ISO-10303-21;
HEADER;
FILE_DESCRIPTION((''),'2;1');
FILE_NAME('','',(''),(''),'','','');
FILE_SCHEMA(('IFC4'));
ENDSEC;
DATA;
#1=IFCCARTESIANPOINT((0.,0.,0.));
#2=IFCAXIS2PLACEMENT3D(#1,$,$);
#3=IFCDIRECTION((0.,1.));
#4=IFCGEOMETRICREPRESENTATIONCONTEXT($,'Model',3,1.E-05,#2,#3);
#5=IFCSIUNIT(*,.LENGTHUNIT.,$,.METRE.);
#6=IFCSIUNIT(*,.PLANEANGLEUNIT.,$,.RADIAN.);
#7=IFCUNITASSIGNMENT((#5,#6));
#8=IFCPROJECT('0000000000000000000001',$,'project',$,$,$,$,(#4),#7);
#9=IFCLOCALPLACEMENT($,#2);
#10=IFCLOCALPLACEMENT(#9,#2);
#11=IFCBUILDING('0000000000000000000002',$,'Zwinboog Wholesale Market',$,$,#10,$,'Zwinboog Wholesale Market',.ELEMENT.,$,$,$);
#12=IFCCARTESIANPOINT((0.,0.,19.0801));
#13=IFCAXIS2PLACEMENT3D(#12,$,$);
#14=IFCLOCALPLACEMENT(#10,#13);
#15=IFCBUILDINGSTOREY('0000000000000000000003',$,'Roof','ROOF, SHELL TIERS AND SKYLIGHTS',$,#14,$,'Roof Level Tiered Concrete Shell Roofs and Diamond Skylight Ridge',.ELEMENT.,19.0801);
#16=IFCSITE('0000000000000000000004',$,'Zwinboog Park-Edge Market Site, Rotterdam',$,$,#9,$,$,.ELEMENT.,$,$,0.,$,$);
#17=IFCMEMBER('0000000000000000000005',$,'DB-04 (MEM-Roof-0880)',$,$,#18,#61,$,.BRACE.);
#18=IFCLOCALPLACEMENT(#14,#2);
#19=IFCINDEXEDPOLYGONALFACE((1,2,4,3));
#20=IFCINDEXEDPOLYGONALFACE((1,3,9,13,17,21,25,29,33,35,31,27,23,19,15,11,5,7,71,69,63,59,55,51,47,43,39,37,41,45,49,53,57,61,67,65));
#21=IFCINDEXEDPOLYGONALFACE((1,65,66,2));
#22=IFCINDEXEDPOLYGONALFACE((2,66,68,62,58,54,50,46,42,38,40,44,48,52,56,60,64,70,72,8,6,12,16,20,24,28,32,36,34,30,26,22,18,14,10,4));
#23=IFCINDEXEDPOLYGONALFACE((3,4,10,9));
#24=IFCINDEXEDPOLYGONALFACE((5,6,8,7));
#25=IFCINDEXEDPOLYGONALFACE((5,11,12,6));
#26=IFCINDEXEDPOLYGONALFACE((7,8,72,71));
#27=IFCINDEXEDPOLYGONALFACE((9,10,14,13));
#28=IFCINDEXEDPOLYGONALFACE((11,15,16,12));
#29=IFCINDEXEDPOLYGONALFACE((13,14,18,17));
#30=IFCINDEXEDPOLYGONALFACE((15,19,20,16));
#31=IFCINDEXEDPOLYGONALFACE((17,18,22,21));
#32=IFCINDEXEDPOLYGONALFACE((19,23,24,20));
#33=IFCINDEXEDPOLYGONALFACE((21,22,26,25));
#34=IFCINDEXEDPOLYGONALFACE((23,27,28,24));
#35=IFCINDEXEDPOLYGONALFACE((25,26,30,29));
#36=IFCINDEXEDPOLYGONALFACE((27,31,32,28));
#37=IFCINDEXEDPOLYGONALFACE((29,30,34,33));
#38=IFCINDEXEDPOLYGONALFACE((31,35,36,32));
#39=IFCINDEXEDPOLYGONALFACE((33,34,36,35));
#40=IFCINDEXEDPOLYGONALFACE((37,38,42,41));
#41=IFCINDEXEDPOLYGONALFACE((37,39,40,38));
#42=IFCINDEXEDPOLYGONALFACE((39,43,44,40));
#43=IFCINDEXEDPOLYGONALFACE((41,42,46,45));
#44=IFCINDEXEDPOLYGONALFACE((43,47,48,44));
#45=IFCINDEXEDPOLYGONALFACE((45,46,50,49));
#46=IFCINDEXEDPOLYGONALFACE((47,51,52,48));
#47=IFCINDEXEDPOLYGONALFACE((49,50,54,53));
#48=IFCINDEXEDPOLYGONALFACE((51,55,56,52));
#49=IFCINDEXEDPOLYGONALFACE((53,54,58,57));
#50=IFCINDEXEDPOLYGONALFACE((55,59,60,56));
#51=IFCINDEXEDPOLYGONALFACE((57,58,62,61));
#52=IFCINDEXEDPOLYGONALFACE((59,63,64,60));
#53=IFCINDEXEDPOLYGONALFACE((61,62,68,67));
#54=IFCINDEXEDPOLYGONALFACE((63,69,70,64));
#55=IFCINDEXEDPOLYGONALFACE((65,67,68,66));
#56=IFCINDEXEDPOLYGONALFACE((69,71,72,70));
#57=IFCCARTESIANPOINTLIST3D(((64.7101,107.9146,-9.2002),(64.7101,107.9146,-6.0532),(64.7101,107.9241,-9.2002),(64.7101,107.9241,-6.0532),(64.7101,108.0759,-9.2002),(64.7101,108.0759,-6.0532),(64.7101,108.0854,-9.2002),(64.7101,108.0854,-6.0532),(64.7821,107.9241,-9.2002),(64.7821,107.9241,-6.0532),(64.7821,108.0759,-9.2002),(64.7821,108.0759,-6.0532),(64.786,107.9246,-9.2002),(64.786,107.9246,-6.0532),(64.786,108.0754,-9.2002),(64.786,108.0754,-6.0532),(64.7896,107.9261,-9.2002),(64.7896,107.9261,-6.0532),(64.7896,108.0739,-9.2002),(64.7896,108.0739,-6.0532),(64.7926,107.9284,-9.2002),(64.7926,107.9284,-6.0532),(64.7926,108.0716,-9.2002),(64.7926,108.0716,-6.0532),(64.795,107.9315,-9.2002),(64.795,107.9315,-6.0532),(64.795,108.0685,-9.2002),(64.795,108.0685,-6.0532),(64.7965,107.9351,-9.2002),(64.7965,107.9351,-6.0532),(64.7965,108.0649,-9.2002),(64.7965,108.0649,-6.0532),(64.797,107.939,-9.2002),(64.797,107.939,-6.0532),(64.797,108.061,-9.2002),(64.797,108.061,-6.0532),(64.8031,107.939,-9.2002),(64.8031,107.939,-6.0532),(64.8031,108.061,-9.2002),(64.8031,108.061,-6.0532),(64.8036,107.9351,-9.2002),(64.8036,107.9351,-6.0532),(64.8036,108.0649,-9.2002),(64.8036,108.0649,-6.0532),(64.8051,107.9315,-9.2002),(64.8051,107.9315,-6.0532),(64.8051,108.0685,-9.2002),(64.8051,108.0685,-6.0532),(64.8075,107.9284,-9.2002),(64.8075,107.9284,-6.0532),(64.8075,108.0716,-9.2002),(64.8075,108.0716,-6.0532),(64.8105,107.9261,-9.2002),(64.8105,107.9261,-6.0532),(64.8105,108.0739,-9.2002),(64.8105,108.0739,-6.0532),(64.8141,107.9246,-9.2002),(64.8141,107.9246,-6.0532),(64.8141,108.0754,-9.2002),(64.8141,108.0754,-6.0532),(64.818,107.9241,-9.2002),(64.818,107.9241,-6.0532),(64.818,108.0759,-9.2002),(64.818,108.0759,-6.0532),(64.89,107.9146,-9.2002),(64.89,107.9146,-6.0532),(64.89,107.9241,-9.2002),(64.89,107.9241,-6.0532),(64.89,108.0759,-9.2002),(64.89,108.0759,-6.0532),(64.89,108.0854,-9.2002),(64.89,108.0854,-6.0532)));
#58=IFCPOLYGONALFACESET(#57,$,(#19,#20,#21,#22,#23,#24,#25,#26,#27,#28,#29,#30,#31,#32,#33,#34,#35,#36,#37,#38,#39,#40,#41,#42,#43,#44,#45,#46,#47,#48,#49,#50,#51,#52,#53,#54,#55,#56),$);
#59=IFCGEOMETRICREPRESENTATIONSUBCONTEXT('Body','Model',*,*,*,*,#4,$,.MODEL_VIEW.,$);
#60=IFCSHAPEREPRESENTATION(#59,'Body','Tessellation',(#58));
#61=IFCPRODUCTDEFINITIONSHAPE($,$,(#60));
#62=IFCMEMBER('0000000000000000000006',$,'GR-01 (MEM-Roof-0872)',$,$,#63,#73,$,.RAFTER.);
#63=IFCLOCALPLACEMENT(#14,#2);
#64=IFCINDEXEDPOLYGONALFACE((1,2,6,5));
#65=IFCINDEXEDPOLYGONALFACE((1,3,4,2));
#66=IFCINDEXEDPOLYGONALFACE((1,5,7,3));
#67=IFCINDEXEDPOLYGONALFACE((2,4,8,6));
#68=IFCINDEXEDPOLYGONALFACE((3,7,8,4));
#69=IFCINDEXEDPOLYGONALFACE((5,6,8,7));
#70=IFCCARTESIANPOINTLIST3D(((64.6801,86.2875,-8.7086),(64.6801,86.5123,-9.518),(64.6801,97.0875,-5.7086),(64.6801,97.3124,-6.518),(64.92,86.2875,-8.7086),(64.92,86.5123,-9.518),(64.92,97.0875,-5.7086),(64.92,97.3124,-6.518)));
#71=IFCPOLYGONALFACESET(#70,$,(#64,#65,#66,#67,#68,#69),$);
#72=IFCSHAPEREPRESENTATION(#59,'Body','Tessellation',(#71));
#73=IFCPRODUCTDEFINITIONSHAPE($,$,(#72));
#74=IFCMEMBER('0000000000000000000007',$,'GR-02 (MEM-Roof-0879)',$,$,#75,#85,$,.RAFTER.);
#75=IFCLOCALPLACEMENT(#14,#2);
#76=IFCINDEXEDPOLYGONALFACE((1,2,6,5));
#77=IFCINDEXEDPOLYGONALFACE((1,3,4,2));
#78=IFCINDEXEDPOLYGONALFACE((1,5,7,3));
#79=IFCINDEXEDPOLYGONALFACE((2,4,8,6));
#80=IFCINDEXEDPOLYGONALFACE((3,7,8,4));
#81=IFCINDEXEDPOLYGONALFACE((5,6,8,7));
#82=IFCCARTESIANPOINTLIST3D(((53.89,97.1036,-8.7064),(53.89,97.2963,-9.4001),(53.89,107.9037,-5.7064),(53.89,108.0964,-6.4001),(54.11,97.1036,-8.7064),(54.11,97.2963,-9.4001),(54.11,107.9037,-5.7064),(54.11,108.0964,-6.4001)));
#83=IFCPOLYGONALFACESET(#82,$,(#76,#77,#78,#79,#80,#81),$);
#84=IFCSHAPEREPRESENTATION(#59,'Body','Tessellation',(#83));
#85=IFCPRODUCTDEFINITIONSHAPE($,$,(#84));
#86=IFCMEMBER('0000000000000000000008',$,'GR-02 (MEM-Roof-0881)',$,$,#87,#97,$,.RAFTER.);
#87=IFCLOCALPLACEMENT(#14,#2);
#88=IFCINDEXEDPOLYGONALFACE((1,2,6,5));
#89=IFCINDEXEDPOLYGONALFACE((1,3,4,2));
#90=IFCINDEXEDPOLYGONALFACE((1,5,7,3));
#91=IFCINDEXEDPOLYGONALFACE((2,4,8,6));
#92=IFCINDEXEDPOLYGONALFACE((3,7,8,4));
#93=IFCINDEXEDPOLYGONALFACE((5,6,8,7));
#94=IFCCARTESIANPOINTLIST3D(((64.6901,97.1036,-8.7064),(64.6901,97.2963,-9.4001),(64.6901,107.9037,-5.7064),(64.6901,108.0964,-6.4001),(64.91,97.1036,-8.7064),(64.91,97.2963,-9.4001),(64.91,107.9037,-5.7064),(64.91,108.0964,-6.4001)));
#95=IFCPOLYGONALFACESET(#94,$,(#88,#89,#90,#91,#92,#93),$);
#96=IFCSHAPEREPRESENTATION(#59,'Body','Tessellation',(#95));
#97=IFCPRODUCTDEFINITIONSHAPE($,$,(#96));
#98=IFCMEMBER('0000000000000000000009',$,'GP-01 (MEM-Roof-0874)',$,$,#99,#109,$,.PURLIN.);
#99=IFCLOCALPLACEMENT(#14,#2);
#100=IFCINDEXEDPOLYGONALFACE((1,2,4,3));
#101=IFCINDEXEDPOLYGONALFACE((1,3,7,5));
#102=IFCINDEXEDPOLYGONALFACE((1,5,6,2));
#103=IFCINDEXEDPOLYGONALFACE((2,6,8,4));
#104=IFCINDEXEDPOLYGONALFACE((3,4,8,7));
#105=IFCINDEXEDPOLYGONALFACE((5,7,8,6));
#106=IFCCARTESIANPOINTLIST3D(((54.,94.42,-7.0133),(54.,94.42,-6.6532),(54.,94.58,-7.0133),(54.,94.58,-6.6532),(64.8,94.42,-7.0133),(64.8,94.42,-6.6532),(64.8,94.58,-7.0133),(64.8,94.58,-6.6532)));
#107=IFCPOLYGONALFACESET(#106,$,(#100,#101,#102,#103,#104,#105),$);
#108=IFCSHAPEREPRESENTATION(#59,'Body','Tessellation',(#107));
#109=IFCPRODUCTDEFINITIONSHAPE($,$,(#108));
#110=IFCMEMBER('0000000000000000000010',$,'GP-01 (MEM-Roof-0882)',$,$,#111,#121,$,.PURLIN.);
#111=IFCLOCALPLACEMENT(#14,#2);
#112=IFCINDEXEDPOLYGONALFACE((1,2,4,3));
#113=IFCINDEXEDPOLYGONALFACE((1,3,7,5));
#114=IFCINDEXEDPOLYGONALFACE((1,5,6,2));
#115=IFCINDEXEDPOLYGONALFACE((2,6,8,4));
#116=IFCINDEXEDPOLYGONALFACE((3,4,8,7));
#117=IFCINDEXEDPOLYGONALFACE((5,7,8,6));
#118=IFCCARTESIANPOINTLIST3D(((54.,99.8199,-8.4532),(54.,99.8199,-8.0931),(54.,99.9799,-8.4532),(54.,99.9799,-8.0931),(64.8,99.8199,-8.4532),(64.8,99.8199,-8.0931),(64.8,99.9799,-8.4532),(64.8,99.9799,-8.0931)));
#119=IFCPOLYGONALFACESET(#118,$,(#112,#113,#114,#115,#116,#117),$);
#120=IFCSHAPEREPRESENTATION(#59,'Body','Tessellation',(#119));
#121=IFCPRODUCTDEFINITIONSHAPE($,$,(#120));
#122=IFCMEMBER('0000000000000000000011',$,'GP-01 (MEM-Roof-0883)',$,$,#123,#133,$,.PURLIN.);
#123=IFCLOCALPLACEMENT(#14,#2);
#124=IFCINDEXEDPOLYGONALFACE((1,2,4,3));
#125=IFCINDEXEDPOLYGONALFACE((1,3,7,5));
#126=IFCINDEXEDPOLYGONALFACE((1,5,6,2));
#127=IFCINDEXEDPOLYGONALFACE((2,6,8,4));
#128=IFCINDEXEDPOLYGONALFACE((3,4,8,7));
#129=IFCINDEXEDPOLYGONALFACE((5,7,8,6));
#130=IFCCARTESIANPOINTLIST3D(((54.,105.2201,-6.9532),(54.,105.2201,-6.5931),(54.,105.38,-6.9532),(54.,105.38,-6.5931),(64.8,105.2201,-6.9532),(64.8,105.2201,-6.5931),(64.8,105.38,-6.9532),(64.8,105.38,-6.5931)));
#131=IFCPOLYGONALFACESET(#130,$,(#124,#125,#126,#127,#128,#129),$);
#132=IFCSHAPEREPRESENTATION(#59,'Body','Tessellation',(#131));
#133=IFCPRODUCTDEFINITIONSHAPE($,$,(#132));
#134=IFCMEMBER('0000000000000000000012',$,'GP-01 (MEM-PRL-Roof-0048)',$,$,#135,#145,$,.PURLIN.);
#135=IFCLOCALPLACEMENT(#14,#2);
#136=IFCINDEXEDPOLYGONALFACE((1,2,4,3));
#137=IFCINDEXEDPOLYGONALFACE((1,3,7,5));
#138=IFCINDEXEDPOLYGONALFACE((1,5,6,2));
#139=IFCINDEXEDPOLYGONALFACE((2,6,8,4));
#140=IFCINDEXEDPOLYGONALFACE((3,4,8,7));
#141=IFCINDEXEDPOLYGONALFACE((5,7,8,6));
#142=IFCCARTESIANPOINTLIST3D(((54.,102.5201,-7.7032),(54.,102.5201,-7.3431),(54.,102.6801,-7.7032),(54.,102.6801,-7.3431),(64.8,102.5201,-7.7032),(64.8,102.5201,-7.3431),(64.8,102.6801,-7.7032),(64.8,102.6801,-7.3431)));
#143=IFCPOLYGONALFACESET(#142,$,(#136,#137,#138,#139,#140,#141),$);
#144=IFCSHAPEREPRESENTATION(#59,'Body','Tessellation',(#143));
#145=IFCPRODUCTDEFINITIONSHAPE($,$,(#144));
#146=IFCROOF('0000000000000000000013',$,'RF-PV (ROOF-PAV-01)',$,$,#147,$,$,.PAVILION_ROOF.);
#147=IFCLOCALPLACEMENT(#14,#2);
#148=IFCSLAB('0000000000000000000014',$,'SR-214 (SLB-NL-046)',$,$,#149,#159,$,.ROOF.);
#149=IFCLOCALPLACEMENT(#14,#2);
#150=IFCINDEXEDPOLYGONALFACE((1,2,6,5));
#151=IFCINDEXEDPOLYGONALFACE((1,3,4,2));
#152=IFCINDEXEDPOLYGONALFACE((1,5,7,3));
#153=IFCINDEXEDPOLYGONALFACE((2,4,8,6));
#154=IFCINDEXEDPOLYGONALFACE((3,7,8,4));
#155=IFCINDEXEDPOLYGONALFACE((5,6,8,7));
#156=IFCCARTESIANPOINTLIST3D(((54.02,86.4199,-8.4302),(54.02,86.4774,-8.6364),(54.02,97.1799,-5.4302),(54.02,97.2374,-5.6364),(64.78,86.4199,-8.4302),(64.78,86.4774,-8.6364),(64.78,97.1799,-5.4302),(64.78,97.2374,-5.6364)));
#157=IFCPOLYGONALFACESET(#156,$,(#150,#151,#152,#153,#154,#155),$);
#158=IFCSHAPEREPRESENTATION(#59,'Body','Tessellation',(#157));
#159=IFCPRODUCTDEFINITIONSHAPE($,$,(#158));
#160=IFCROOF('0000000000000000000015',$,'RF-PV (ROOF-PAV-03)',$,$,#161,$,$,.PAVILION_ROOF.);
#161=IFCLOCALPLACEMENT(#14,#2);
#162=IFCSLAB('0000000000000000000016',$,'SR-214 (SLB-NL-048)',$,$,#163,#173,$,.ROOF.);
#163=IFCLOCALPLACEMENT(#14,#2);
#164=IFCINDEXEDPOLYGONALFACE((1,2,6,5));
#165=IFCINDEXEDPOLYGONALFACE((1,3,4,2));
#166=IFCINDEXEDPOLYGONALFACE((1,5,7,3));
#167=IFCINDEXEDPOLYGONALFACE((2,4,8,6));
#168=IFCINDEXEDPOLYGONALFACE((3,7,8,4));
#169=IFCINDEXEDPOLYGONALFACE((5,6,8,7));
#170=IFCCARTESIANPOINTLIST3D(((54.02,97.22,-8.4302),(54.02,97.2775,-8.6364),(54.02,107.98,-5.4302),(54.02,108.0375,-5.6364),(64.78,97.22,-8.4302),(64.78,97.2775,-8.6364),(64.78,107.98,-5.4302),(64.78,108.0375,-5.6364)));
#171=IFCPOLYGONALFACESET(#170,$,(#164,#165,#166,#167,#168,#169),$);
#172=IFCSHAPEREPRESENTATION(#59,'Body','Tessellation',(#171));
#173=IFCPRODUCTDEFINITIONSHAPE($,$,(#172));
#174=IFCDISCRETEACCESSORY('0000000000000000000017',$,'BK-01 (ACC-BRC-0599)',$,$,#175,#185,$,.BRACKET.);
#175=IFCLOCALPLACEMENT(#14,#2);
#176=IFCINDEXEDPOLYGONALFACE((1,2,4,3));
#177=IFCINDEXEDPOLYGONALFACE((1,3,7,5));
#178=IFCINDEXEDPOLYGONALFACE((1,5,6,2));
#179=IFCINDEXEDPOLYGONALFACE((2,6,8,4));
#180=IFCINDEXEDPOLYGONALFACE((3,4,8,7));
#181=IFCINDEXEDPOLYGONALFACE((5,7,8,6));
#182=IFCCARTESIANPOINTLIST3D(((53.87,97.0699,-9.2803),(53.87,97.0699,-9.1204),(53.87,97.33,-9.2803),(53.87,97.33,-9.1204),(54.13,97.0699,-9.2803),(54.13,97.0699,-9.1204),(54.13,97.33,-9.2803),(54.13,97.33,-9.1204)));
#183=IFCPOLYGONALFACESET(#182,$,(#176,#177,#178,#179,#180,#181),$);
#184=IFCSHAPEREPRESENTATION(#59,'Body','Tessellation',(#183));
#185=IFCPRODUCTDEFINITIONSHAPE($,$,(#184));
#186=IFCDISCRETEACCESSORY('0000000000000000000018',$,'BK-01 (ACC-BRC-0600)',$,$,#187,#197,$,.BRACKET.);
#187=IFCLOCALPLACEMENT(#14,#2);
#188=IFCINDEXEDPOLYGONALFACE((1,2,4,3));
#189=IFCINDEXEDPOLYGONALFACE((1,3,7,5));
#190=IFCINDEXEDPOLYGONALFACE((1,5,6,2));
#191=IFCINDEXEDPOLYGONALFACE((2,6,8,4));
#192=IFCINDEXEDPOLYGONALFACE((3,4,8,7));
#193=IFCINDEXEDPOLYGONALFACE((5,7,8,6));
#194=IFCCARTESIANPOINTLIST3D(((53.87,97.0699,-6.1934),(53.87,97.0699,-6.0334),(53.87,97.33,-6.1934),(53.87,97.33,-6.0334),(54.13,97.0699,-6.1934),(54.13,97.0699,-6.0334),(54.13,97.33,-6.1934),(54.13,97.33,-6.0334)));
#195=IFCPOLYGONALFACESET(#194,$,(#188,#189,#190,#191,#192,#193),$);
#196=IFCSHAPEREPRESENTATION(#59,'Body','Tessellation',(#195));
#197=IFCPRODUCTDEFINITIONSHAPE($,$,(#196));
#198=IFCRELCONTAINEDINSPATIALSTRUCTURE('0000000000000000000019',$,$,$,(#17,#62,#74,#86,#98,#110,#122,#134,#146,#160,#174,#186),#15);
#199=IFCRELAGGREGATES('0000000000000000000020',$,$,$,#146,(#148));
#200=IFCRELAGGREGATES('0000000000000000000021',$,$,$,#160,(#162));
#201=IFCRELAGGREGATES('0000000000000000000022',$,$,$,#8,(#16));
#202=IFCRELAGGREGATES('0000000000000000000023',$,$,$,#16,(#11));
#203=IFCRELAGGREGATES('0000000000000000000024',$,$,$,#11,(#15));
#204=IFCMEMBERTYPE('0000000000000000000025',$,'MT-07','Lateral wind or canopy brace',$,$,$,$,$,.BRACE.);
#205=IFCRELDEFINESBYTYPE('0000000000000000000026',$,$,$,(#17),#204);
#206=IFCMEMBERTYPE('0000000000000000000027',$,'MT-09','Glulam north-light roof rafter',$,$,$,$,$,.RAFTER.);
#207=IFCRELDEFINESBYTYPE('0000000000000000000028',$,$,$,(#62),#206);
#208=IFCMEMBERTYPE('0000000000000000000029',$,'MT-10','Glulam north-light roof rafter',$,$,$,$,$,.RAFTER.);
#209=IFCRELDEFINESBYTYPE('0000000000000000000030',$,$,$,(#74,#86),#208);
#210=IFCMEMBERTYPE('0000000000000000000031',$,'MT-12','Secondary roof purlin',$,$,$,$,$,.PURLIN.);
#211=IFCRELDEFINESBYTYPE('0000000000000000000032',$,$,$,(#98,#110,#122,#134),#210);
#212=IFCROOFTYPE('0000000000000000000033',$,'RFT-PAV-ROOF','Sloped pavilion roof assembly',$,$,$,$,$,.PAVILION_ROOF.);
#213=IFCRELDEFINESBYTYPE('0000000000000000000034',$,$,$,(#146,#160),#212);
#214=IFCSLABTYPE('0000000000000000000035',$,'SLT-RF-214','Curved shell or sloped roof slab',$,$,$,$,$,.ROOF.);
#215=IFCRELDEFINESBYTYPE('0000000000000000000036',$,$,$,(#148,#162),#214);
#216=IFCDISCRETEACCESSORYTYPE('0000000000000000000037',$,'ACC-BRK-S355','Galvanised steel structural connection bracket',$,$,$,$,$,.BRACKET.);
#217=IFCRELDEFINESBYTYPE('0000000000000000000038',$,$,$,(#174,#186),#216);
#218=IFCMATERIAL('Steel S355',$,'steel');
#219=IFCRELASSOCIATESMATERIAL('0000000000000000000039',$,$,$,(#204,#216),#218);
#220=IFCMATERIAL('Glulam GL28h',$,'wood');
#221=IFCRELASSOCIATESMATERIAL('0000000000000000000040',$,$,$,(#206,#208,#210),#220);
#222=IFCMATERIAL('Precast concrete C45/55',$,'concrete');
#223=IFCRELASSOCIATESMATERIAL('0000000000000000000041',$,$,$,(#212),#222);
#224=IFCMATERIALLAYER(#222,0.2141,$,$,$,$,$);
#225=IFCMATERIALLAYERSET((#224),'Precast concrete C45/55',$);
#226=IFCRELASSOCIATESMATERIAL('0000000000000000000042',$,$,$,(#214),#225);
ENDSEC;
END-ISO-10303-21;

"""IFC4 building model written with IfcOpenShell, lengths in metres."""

from ifc_helpers import new_model, si_unit, direction, frame, origin, origin_2d, place, context, subcontext, project, spatial, polyline, rectangle, i_section, outline, extrude, material, layer, layer_set, material_profile, profile_set, type_object, element, aggregate, save


model = new_model("IFC4")

# Units and contexts
model_context = context("Model", 3, precision=1e-05, world=origin(), true_north=direction((0.0, 1.0)))
body_context = subcontext(model_context, "Body", "Model", "MODEL_VIEW")
ifc_project = project(units=[si_unit("LENGTHUNIT", "METRE"), si_unit("PLANEANGLEUNIT", "RADIAN")], contexts=[model_context])

# Site, building, storey
site_placement = place(None, origin())
site = spatial("IfcSite", under=ifc_project, at=site_placement, Name="Zwinboog Park-Edge Market Site, Rotterdam", CompositionType="ELEMENT", RefElevation=0.0)
building_placement = place(site_placement, origin())
building = spatial("IfcBuilding", under=site, at=building_placement, Name="Zwinboog Wholesale Market", LongName="Zwinboog Wholesale Market", CompositionType="ELEMENT")
storey_placement = place(building_placement, frame((0.0, 0.0, 19.0801)))
storey = spatial("IfcBuildingStorey", under=building, at=storey_placement, Name="Roof", Description="ROOF, SHELL TIERS AND SKYLIGHTS", LongName="Roof Level Tiered Concrete Shell Roofs and Diamond Skylight Ridge", CompositionType="ELEMENT", Elevation=19.0801)

# Shared definitions
ifc_material_1 = material(Name="Precast concrete C45/55", Category="concrete")

# Members
ifc_material_2 = material(Name="Steel S355", Category="steel")
ifc_material_profile_1 = material_profile(ifc_material_2, i_section(OverallWidth=0.1799, OverallDepth=0.1709, WebThickness=0.0061, FlangeThickness=0.0095, FilletRadius=0.0149, at=origin_2d()), Name="HEA 180")
ifc_profile_set_1 = profile_set([ifc_material_profile_1], Name="Steel S355")
member_type_1 = type_object("IfcMemberType", Name="MT-07", Description="Lateral wind or canopy brace", PredefinedType="BRACE", material=ifc_profile_set_1)
for number, where, z_axis, x_axis, name in (
    (1, (64.8, 108.0, -9.2002), (0.0, 0.0, 1.0), (1.0, 0.0, 0.0), "DB-04 (MEM-Roof-0880)"),
):
    element("IfcMember", number, at=place(storey_placement, frame(where, z_axis=z_axis, x_axis=x_axis)), inside=storey, type_object=member_type_1, Name=name, PredefinedType="BRACE", context=body_context, shape_type="SweptSolid", body=[
        extrude(i_section(OverallWidth=0.1799, OverallDepth=0.1709, WebThickness=0.0061, FlangeThickness=0.0095, FilletRadius=0.0149, at=origin_2d()), origin(), (0.0, 0.0, 1.0), 3.147),
    ])
ifc_material_3 = material(Name="Glulam GL28h", Category="wood")
ifc_material_profile_2 = material_profile(ifc_material_3, rectangle(XDim=0.24, YDim=0.8401, at=origin_2d()), Name="GL28h 240x840")
ifc_profile_set_2 = profile_set([ifc_material_profile_2], Name="Glulam GL28h")
member_type_2 = type_object("IfcMemberType", Name="MT-09", Description="Glulam north-light roof rafter", PredefinedType="RAFTER", material=ifc_profile_set_2)
member_1_placement = place(storey_placement, frame((64.8, 86.3999, -9.1133), z_axis=(0.0, 0.963518, 0.267643), x_axis=(-1.0, 0.0, 0.0)))
element("IfcMember", 2, at=member_1_placement, inside=storey, type_object=member_type_2, Name="GR-01 (MEM-Roof-0872)", PredefinedType="RAFTER", context=body_context, shape_type="SweptSolid", body=[
    extrude(rectangle(XDim=0.24, YDim=0.8401, at=origin_2d()), origin(), (0.0, 0.0, 1.0), 11.209),
])
ifc_material_profile_3 = material_profile(ifc_material_3, rectangle(XDim=0.22, YDim=0.72, at=origin_2d()), Name="GL28h 220x720")
ifc_profile_set_3 = profile_set([ifc_material_profile_3], Name="Glulam GL28h")
member_type_3 = type_object("IfcMemberType", Name="MT-10", Description="Glulam north-light roof rafter", PredefinedType="RAFTER", material=ifc_profile_set_3)
for number, where, z_axis, x_axis, name in (
    (3, (54.0, 97.2, -9.0532), (0.0, 0.963518, 0.267643), (-1.0, 0.0, 0.0), "GR-02 (MEM-Roof-0879)"),
    (4, (64.8, 97.2, -9.0532), (0.0, 0.963518, 0.267643), (-1.0, 0.0, 0.0), "GR-02 (MEM-Roof-0881)"),
):
    element("IfcMember", number, at=place(storey_placement, frame(where, z_axis=z_axis, x_axis=x_axis)), inside=storey, type_object=member_type_3, Name=name, PredefinedType="RAFTER", context=body_context, shape_type="SweptSolid", body=[
        extrude(rectangle(XDim=0.22, YDim=0.72, at=origin_2d()), origin(), (0.0, 0.0, 1.0), 11.209),
    ])
ifc_material_profile_4 = material_profile(ifc_material_3, rectangle(XDim=0.1599, YDim=0.3601, at=origin_2d()), Name="GL28h 160x360")
ifc_profile_set_4 = profile_set([ifc_material_profile_4], Name="Glulam GL28h")
member_type_4 = type_object("IfcMemberType", Name="MT-12", Description="Secondary roof purlin", PredefinedType="PURLIN", material=ifc_profile_set_4)
for number, where, z_axis, x_axis, name in (
    (5, (54.0, 94.5, -6.8333), (1.0, 0.0, 0.0), (0.0, 1.0, 0.0), "GP-01 (MEM-Roof-0874)"),
    (6, (54.0, 99.8999, -8.2732), (1.0, 0.0, 0.0), (0.0, 1.0, 0.0), "GP-01 (MEM-Roof-0882)"),
    (7, (54.0, 105.3, -6.7732), (1.0, 0.0, 0.0), (0.0, 1.0, 0.0), "GP-01 (MEM-Roof-0883)"),
    (8, (54.0, 102.6001, -7.5232), (1.0, 0.0, 0.0), (0.0, 1.0, 0.0), "GP-01 (MEM-PRL-Roof-0048)"),
):
    element("IfcMember", number, at=place(storey_placement, frame(where, z_axis=z_axis, x_axis=x_axis)), inside=storey, type_object=member_type_4, Name=name, PredefinedType="PURLIN", context=body_context, shape_type="SweptSolid", body=[
        extrude(rectangle(XDim=0.1599, YDim=0.3601, at=origin_2d()), origin(), (0.0, 0.0, 1.0), 10.8),
    ])

# Roofs, slabs
roof_type = type_object("IfcRoofType", Name="RFT-PAV-ROOF", Description="Sloped pavilion roof assembly", PredefinedType="PAVILION_ROOF", material=ifc_material_1)
roof_1_placement = place(storey_placement, origin())
roof_1 = element("IfcRoof", 9, at=roof_1_placement, inside=storey, type_object=roof_type, Name="RF-PV (ROOF-PAV-01)", PredefinedType="PAVILION_ROOF")
ifc_layer = layer(ifc_material_1, 0.2141)
ifc_layer_set = layer_set([ifc_layer], Name="Precast concrete C45/55")
slab_type = type_object("IfcSlabType", Name="SLT-RF-214", Description="Curved shell or sloped roof slab", PredefinedType="ROOF", material=ifc_layer_set)
slab_1_placement = place(storey_placement, frame((54.02, 86.4199, -8.4302), z_axis=(0.0, -0.268567, 0.963261), x_axis=(1.0, 0.0, 0.0)))
slab_1 = element("IfcSlab", 10, at=slab_1_placement, type_object=slab_type, Name="SR-214 (SLB-NL-046)", PredefinedType="ROOF", context=body_context, shape_type="SweptSolid", body=[
    extrude(outline(polyline([(0.0, 0.0), (10.76, 0.0), (10.76, 11.1704), (0.0, 11.1704), (0.0, 0.0)])), origin(), (0.0, 0.0, -1.0), 0.2141),
])
aggregate(roof_1, [slab_1])
roof_2_placement = place(storey_placement, origin())
roof_2 = element("IfcRoof", 11, at=roof_2_placement, inside=storey, type_object=roof_type, Name="RF-PV (ROOF-PAV-03)", PredefinedType="PAVILION_ROOF")
slab_2_placement = place(storey_placement, frame((54.02, 97.22, -8.4302), z_axis=(0.0, -0.268567, 0.963261), x_axis=(1.0, 0.0, 0.0)))
slab_2 = element("IfcSlab", 12, at=slab_2_placement, type_object=slab_type, Name="SR-214 (SLB-NL-048)", PredefinedType="ROOF", context=body_context, shape_type="SweptSolid", body=[
    extrude(outline(polyline([(0.0, 0.0), (10.76, 0.0), (10.76, 11.1704), (0.0, 11.1704), (0.0, 0.0)])), origin(), (0.0, 0.0, -1.0), 0.2141),
])
aggregate(roof_2, [slab_2])

# Discrete accessories
discrete_accessory_type = type_object("IfcDiscreteAccessoryType", Name="ACC-BRK-S355", Description="Galvanised steel structural connection bracket", PredefinedType="BRACKET", material=ifc_material_2)
for number, where, z_axis, x_axis, name in (
    (13, (54.0, 97.2, -9.2803), (0.0, 0.0, 1.0), (1.0, 0.0, 0.0), "BK-01 (ACC-BRC-0599)"),
    (14, (54.0, 97.2, -6.1934), (0.0, 0.0, 1.0), (1.0, 0.0, 0.0), "BK-01 (ACC-BRC-0600)"),
):
    element("IfcDiscreteAccessory", number, at=place(storey_placement, frame(where, z_axis=z_axis, x_axis=x_axis)), inside=storey, type_object=discrete_accessory_type, Name=name, PredefinedType="BRACKET", context=body_context, shape_type="SweptSolid", body=[
        extrude(rectangle(XDim=0.26, YDim=0.26, at=origin_2d()), origin(), (0.0, 0.0, 1.0), 0.1599),
    ])

save(model, "model.ifc")
